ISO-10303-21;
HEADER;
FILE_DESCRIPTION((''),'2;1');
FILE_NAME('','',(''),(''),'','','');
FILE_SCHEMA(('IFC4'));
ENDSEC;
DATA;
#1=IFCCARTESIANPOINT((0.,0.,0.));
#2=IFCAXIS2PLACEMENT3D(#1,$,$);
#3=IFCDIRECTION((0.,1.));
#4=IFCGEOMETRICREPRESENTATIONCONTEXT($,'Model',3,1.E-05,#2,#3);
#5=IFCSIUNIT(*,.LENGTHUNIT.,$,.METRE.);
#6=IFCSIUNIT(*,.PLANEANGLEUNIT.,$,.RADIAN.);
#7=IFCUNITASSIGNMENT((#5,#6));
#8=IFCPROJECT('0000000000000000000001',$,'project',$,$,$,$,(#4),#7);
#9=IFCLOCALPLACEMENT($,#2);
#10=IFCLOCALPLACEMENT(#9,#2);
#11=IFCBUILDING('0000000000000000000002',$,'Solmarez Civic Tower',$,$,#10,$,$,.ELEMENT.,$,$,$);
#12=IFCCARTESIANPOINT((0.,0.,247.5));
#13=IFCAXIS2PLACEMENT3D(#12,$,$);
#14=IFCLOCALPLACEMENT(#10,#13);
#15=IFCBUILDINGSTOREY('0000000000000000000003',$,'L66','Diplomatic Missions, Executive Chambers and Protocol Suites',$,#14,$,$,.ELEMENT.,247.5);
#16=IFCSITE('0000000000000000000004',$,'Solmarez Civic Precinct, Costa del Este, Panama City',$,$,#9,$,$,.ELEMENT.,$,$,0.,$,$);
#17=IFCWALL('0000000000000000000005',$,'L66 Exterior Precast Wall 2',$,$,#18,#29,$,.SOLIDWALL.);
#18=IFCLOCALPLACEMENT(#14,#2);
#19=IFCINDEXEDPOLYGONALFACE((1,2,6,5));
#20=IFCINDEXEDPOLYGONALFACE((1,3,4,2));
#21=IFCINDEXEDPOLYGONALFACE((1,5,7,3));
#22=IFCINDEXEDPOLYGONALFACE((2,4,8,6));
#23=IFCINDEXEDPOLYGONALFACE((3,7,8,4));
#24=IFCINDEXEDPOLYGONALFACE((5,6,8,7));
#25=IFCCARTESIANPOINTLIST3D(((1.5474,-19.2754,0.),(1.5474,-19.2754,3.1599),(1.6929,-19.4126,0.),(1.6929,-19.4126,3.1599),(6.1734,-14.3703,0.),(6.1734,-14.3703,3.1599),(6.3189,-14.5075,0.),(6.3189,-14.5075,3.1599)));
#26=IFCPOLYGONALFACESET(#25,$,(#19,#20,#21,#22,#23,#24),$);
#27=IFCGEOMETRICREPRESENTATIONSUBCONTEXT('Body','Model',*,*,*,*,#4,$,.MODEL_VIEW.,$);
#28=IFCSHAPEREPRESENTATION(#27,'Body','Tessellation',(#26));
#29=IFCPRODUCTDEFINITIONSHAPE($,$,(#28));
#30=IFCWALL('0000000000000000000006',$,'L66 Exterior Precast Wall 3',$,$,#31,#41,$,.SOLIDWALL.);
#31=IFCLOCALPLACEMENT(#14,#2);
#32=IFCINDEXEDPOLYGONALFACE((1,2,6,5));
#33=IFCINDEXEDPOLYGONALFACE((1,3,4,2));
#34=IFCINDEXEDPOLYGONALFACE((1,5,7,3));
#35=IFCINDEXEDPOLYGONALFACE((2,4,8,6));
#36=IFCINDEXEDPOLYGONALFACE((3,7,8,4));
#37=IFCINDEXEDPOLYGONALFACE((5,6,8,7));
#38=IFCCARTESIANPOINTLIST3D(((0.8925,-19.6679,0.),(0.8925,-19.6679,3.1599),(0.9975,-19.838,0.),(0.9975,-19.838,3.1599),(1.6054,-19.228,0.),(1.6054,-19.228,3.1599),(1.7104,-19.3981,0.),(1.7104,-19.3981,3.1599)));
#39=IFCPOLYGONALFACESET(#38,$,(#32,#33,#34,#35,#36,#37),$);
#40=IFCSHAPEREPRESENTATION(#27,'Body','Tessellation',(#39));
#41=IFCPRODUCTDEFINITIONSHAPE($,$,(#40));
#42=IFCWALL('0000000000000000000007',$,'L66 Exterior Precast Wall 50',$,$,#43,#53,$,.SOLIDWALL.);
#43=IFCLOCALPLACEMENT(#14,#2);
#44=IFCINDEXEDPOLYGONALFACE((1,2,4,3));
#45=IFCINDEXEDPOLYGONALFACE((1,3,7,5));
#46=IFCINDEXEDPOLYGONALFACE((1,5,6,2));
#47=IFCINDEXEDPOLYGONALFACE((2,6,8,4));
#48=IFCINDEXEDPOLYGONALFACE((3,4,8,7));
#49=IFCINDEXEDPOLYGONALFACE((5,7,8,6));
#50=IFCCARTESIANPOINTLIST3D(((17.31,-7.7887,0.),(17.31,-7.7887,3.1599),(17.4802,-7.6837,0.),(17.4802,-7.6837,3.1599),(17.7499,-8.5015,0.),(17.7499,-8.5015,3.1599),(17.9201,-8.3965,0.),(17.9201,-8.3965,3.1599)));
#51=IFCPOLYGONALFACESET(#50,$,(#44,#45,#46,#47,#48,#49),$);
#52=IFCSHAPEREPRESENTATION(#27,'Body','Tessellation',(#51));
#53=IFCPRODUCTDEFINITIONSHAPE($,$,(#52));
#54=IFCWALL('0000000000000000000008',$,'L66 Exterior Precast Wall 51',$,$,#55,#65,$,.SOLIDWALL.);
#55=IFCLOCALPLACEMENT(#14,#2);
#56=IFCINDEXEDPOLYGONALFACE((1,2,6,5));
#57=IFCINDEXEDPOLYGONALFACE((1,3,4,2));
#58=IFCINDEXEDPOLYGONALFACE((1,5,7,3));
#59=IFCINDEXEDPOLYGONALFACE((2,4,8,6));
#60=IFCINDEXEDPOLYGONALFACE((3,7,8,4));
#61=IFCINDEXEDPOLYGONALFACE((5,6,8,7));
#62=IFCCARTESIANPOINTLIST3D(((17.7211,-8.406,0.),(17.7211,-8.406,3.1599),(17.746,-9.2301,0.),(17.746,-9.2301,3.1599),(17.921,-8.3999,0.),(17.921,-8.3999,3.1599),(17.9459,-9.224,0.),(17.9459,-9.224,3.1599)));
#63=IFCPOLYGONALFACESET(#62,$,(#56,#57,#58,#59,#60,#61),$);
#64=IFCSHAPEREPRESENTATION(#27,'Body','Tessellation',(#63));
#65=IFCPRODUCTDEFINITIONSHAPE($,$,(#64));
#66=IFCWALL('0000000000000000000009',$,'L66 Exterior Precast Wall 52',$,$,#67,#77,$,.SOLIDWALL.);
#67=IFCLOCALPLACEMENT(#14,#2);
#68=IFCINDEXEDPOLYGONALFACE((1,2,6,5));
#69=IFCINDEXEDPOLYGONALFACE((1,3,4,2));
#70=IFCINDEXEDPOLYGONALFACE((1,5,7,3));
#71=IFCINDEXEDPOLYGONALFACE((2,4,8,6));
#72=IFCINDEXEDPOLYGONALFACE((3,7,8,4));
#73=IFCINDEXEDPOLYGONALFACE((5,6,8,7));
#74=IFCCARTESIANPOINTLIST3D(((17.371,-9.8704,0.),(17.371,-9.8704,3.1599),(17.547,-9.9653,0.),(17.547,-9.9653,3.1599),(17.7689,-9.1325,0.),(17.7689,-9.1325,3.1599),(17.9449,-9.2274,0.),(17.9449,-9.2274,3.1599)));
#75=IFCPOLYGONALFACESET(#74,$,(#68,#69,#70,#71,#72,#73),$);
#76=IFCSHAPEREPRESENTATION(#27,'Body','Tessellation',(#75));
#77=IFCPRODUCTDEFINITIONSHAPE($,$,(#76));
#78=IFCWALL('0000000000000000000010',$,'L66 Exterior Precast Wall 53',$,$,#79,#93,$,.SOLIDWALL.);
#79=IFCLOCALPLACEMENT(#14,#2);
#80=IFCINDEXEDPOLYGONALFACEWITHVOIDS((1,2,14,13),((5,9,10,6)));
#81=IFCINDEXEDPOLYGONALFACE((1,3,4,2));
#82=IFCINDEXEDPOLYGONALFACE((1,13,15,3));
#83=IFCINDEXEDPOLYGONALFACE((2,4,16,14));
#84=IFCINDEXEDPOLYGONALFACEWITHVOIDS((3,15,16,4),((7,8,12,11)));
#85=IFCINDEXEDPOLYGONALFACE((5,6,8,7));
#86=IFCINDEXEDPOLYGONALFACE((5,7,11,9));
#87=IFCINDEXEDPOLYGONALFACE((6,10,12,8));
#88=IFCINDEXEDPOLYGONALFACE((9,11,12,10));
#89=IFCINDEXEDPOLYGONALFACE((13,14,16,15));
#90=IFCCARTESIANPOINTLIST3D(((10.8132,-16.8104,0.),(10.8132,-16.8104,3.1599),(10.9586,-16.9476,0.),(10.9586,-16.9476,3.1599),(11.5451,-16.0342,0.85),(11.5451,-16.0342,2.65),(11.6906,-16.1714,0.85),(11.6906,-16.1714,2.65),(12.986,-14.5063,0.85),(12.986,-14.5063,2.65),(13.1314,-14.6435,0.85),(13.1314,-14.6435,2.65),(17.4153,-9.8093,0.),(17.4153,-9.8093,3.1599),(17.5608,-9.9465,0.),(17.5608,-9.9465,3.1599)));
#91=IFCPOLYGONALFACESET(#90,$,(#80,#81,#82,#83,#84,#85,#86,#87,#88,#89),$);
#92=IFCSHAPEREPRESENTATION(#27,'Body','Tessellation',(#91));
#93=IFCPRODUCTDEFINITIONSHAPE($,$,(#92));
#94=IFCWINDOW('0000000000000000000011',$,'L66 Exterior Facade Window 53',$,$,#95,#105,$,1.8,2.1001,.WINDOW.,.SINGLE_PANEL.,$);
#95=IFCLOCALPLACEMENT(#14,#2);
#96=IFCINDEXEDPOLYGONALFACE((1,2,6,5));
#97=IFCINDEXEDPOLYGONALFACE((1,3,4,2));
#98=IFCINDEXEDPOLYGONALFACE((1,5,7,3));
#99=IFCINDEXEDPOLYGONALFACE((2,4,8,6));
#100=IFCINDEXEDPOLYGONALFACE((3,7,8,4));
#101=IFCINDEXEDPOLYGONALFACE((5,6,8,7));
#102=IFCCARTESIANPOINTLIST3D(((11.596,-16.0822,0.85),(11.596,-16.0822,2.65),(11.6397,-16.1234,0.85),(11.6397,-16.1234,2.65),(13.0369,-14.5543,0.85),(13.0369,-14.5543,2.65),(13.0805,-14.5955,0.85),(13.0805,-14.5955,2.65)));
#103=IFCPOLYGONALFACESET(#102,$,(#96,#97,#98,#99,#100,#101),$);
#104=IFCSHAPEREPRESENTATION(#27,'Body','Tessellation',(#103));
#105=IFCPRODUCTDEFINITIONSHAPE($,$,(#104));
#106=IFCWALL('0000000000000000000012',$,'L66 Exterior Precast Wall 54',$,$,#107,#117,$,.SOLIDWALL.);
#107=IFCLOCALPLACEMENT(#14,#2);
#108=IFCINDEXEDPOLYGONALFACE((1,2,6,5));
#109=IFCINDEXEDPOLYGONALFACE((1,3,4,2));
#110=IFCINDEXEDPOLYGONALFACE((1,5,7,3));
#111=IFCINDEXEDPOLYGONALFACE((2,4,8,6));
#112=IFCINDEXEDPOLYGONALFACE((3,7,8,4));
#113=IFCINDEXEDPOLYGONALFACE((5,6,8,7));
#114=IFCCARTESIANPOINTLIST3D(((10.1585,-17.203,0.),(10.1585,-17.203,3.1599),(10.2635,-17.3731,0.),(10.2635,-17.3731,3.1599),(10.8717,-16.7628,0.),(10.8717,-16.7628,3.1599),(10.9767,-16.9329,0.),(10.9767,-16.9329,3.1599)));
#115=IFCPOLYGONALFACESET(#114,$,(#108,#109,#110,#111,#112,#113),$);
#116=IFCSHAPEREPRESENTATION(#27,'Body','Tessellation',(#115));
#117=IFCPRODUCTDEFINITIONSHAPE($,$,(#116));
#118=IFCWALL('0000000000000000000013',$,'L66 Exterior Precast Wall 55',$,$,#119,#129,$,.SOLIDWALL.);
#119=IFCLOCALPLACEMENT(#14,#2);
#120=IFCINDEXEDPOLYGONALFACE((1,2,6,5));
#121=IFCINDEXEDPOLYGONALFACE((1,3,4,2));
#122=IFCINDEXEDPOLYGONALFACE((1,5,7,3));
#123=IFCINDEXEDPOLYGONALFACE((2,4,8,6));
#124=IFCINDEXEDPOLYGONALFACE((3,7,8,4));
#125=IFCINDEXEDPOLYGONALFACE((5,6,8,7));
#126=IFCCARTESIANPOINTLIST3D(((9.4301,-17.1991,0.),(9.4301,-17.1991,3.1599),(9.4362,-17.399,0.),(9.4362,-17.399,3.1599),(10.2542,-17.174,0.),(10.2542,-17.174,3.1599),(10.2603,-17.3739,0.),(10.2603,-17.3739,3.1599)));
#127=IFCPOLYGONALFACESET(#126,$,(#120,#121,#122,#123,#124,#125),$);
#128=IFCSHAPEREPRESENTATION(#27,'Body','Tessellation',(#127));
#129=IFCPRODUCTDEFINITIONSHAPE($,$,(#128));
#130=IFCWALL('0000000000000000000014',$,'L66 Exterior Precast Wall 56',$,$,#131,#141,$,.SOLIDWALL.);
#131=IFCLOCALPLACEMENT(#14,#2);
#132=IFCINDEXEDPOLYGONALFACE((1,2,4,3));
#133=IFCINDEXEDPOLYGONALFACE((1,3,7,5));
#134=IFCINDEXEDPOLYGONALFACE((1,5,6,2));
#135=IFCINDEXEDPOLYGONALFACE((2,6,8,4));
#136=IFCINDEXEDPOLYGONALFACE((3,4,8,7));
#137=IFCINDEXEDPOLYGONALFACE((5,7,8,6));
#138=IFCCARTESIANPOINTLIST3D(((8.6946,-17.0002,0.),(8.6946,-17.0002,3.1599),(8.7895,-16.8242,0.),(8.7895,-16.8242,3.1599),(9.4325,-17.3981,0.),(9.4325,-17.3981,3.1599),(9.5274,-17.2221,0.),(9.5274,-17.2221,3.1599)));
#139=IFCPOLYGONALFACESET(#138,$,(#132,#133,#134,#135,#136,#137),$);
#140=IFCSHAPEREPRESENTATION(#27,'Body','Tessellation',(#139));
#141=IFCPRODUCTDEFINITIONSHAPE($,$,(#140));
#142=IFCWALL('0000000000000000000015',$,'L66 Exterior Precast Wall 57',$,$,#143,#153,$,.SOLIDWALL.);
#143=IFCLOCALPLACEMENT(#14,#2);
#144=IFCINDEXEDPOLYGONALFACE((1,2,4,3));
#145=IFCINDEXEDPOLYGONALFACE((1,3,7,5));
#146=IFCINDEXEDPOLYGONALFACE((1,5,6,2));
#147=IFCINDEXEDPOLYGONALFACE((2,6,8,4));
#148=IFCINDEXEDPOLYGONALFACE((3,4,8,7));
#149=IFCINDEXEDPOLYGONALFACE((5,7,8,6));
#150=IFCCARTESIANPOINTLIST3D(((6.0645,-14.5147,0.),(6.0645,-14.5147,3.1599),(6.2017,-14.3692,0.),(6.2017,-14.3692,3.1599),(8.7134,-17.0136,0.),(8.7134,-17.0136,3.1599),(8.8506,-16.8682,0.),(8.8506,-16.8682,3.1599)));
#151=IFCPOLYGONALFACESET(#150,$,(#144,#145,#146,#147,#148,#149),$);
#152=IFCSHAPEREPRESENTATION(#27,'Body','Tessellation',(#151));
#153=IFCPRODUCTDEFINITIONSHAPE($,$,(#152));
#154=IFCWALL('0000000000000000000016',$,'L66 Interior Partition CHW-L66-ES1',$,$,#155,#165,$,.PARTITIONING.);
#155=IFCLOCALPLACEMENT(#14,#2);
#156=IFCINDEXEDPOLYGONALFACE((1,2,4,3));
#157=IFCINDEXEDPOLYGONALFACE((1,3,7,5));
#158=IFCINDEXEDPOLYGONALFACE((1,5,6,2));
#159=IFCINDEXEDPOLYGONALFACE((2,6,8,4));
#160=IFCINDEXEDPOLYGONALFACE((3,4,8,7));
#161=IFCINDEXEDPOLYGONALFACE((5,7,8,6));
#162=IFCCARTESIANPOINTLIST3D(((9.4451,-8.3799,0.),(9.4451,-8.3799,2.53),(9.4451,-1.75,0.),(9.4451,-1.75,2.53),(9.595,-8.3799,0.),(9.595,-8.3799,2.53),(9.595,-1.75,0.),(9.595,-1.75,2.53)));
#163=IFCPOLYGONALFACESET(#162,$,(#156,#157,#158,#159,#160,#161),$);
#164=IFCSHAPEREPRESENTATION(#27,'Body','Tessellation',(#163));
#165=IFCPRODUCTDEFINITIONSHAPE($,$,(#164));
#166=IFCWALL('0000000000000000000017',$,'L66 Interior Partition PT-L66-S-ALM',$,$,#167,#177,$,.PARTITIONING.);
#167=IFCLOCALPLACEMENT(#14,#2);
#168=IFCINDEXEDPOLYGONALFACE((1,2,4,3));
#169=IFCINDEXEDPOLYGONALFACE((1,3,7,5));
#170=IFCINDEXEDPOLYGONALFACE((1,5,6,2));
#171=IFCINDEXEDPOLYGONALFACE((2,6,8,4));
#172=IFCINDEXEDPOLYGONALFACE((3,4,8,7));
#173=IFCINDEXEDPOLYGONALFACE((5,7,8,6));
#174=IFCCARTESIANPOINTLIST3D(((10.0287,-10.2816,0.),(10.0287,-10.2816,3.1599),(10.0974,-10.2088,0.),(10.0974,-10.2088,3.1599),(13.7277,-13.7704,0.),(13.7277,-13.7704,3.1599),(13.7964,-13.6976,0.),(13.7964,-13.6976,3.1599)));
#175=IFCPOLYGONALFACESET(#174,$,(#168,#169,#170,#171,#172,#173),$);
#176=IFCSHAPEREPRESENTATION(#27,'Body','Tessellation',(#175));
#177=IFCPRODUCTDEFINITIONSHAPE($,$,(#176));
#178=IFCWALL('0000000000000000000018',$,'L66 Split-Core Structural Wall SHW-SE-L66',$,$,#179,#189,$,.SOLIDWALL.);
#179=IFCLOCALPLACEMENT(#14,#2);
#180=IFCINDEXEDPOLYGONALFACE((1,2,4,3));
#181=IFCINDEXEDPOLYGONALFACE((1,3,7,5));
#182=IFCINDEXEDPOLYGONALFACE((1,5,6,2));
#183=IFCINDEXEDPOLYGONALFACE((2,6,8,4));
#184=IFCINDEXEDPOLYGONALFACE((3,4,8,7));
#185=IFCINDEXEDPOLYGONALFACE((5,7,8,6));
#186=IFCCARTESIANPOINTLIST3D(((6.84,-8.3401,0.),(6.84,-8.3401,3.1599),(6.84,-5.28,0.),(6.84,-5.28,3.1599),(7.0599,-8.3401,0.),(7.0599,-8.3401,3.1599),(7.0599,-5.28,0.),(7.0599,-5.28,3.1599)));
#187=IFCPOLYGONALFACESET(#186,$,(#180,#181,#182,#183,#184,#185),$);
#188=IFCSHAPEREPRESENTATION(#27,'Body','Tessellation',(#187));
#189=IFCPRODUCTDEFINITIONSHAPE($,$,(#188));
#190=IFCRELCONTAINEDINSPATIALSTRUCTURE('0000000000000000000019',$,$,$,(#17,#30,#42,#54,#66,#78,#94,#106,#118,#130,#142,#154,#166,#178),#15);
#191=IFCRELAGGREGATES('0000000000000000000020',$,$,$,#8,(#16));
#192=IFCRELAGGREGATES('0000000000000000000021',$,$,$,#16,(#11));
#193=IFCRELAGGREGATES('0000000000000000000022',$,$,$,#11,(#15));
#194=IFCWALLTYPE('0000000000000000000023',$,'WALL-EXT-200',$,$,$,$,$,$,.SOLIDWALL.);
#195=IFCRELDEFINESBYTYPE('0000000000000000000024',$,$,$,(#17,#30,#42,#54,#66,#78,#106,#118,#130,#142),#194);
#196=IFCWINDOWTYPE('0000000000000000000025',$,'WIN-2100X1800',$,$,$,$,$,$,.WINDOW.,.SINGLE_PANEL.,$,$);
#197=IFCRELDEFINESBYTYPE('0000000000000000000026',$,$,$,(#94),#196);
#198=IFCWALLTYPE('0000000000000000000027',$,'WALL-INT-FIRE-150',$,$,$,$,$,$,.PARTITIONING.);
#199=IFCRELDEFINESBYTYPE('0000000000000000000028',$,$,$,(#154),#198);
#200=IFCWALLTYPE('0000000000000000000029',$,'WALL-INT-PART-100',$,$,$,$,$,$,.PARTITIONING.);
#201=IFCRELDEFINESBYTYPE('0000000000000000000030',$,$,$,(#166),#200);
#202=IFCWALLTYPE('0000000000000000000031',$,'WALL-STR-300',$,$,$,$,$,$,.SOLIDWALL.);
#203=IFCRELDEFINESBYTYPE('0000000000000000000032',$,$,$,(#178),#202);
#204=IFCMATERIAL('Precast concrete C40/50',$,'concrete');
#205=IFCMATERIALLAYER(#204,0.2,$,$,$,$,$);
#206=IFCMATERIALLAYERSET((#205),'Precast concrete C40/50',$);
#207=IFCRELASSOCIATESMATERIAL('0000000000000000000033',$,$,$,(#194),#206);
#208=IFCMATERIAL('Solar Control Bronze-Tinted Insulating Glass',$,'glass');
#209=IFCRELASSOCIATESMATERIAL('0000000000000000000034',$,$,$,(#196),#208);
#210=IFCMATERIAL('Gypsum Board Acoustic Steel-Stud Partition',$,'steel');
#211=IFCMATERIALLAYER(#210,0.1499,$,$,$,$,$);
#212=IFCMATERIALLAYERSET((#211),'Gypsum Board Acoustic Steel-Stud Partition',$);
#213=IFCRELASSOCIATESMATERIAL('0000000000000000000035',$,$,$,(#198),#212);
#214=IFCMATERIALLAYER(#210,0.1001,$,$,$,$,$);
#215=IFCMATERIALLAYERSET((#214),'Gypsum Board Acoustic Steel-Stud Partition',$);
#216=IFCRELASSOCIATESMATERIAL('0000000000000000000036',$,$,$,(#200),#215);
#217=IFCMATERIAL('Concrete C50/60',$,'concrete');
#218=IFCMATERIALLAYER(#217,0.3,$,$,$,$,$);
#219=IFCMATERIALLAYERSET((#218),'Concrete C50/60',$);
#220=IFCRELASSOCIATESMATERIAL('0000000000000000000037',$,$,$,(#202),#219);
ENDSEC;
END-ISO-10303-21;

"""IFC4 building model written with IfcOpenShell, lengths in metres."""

from ifc_helpers import new_model, si_unit, direction, frame, frame_2d, origin, place, context, subcontext, project, spatial, rectangle, extrude, material, layer, layer_set, type_object, element, fill, save


model = new_model("IFC4")

# Units and contexts
model_context = context("Model", 3, precision=1e-05, world=origin(), true_north=direction((0.0, 1.0)))
body_context = subcontext(model_context, "Body", "Model", "MODEL_VIEW")
ifc_project = project(units=[si_unit("LENGTHUNIT", "METRE"), si_unit("PLANEANGLEUNIT", "RADIAN")], contexts=[model_context])

# Site, building, storey
site_placement = place(None, origin())
site = spatial("IfcSite", under=ifc_project, at=site_placement, Name="Solmarez Civic Precinct, Costa del Este, Panama City", CompositionType="ELEMENT", RefElevation=0.0)
building_placement = place(site_placement, origin())
building = spatial("IfcBuilding", under=site, at=building_placement, Name="Solmarez Civic Tower", CompositionType="ELEMENT")
storey_placement = place(building_placement, frame((0.0, 0.0, 247.5)))
storey = spatial("IfcBuildingStorey", under=building, at=storey_placement, Name="L66", Description="Diplomatic Missions, Executive Chambers and Protocol Suites", CompositionType="ELEMENT", Elevation=247.5)

# Shared definitions
ifc_material_1 = material(Name="Concrete C50/60", Category="concrete")

# Walls
ifc_material_2 = material(Name="Precast concrete C40/50", Category="concrete")
ifc_layer_1 = layer(ifc_material_2, 0.2)
ifc_layer_set_1 = layer_set([ifc_layer_1], Name="Precast concrete C40/50")
wall_type_1 = type_object("IfcWallType", Name="WALL-EXT-200", PredefinedType="SOLIDWALL", material=ifc_layer_set_1)
wall_1_placement = place(storey_placement, frame((6.2461, -14.439, 0.0), z_axis=(0.0, 0.0, 1.0), x_axis=(-0.68611, -0.727498, 0.0)))
element("IfcWall", 1, at=wall_1_placement, inside=storey, type_object=wall_type_1, Name="L66 Exterior Precast Wall 2", PredefinedType="SOLIDWALL", context=body_context, shape_type="SweptSolid", body=[
    extrude(rectangle(XDim=6.7424, YDim=0.2, at=frame_2d((3.3711, 0.0))), origin(), (0.0, 0.0, 1.0), 3.1599),
])
for number, where, z_axis, x_axis, name in (
    (2, (1.658, -19.313, 0.0), (0.0, 0.0, 1.0), (-0.850997, -0.52517, 0.0), "L66 Exterior Precast Wall 3"),
    (3, (17.395, -7.7361, 0.0), (0.0, 0.0, 1.0), (0.52517, -0.850997, 0.0), "L66 Exterior Precast Wall 50"),
):
    element("IfcWall", number, at=place(storey_placement, frame(where, z_axis=z_axis, x_axis=x_axis)), inside=storey, type_object=wall_type_1, Name=name, PredefinedType="SOLIDWALL", context=body_context, shape_type="SweptSolid", body=[
        extrude(rectangle(XDim=0.8376, YDim=0.2, at=frame_2d((0.4189, 0.0))), origin(), (0.0, 0.0, 1.0), 3.1599),
    ])
wall_2_placement = place(storey_placement, frame((17.821, -8.4031, 0.0), z_axis=(0.0, 0.0, 1.0), x_axis=(0.030208, -0.999544, 0.0)))
element("IfcWall", 4, at=wall_2_placement, inside=storey, type_object=wall_type_1, Name="L66 Exterior Precast Wall 51", PredefinedType="SOLIDWALL", context=body_context, shape_type="SweptSolid", body=[
    extrude(rectangle(XDim=0.8245, YDim=0.2, at=frame_2d((0.4121, 0.0))), origin(), (0.0, 0.0, 1.0), 3.1599),
])
wall_3_placement = place(storey_placement, frame((17.8569, -9.1799, 0.0), z_axis=(0.0, 0.0, 1.0), x_axis=(-0.474603, -0.8802, 0.0)))
element("IfcWall", 5, at=wall_3_placement, inside=storey, type_object=wall_type_1, Name="L66 Exterior Precast Wall 52", PredefinedType="SOLIDWALL", context=body_context, shape_type="SweptSolid", body=[
    extrude(rectangle(XDim=0.8384, YDim=0.2, at=frame_2d((0.4192, 0.0))), origin(), (0.0, 0.0, 1.0), 3.1599),
])

# Wall, opening, window
wall_4_placement = place(storey_placement, frame((17.488, -9.8779, 0.0), z_axis=(0.0, 0.0, 1.0), x_axis=(-0.686075, -0.727531, 0.0)))
wall_4 = element("IfcWall", 6, at=wall_4_placement, inside=storey, type_object=wall_type_1, Name="L66 Exterior Precast Wall 53", PredefinedType="SOLIDWALL", context=body_context, shape_type="SweptSolid", body=[
    extrude(rectangle(XDim=9.623, YDim=0.2, at=frame_2d((4.8115, 0.0))), origin(), (0.0, 0.0, 1.0), 3.1599),
])
opening_placement = place(wall_4_placement, frame((6.4561, 0.0, 0.8501)))
opening = element("IfcOpeningElement", 7, at=opening_placement, cuts=wall_4, PredefinedType="OPENING", context=body_context, shape_type="SweptSolid", body=[
    extrude(rectangle(XDim=2.1001, YDim=1.8, at=frame_2d((1.05, 0.8999))), frame((0.0, 0.1099, 0.0), z_axis=(0.0, -1.0, 0.0), x_axis=(1.0, 0.0, 0.0)), (0.0, 0.0, 1.0), 0.22),
])
ifc_material_3 = material(Name="Solar Control Bronze-Tinted Insulating Glass", Category="glass")
window_type = type_object("IfcWindowType", Name="WIN-2100X1800", PartitioningType="SINGLE_PANEL", PredefinedType="WINDOW", material=ifc_material_3)
window_placement = place(opening_placement, origin())
window = element("IfcWindow", 8, at=window_placement, inside=storey, type_object=window_type, Name="L66 Exterior Facade Window 53", OverallHeight=1.8, OverallWidth=2.1001, PartitioningType="SINGLE_PANEL", PredefinedType="WINDOW", context=body_context, shape_type="SweptSolid", body=[
    extrude(rectangle(XDim=2.1001, YDim=1.8, at=frame_2d((1.05, 0.8999))), frame((0.0, 0.03, 0.0), z_axis=(0.0, -1.0, 0.0), x_axis=(1.0, 0.0, 0.0)), (0.0, 0.0, 1.0), 0.0601),
])
fill(opening, window)

# Walls
wall_5_placement = place(storey_placement, frame((10.9241, -16.8479, 0.0), z_axis=(0.0, 0.0, 1.0), x_axis=(-0.850947, -0.525251, 0.0)))
element("IfcWall", 9, at=wall_5_placement, inside=storey, type_object=wall_type_1, Name="L66 Exterior Precast Wall 54", PredefinedType="SOLIDWALL", context=body_context, shape_type="SweptSolid", body=[
    extrude(rectangle(XDim=0.8381, YDim=0.2, at=frame_2d((0.4189, 0.0))), origin(), (0.0, 0.0, 1.0), 3.1599),
])
wall_6_placement = place(storey_placement, frame((10.2571, -17.2739, 0.0), z_axis=(0.0, 0.0, 1.0), x_axis=(-0.999535, -0.030504, 0.0)))
element("IfcWall", 10, at=wall_6_placement, inside=storey, type_object=wall_type_1, Name="L66 Exterior Precast Wall 55", PredefinedType="SOLIDWALL", context=body_context, shape_type="SweptSolid", body=[
    extrude(rectangle(XDim=0.8245, YDim=0.2, at=frame_2d((0.4121, 0.0))), origin(), (0.0, 0.0, 1.0), 3.1599),
])
wall_7_placement = place(storey_placement, frame((9.48, -17.3101, 0.0), z_axis=(0.0, 0.0, 1.0), x_axis=(-0.8802, 0.474603, 0.0)))
element("IfcWall", 11, at=wall_7_placement, inside=storey, type_object=wall_type_1, Name="L66 Exterior Precast Wall 56", PredefinedType="SOLIDWALL", context=body_context, shape_type="SweptSolid", body=[
    extrude(rectangle(XDim=0.8384, YDim=0.2, at=frame_2d((0.4192, 0.0))), origin(), (0.0, 0.0, 1.0), 3.1599),
])
wall_8_placement = place(storey_placement, frame((8.782, -16.9409, 0.0), z_axis=(0.0, 0.0, 1.0), x_axis=(-0.727389, 0.686226, 0.0)))
element("IfcWall", 12, at=wall_8_placement, inside=storey, type_object=wall_type_1, Name="L66 Exterior Precast Wall 57", PredefinedType="SOLIDWALL", context=body_context, shape_type="SweptSolid", body=[
    extrude(rectangle(XDim=3.6416, YDim=0.2, at=frame_2d((1.8208, 0.0))), origin(), (0.0, 0.0, 1.0), 3.1599),
])
ifc_material_4 = material(Name="Gypsum Board Acoustic Steel-Stud Partition", Category="steel")
ifc_layer_2 = layer(ifc_material_4, 0.1499)
ifc_layer_set_2 = layer_set([ifc_layer_2], Name="Gypsum Board Acoustic Steel-Stud Partition")
wall_type_2 = type_object("IfcWallType", Name="WALL-INT-FIRE-150", PredefinedType="PARTITIONING", material=ifc_layer_set_2)
wall_9_placement = place(storey_placement, frame((9.52, -8.3799, 0.0), z_axis=(0.0, 0.0, 1.0), x_axis=(0.0, 1.0, 0.0)))
element("IfcWall", 13, at=wall_9_placement, inside=storey, type_object=wall_type_2, Name="L66 Interior Partition CHW-L66-ES1", PredefinedType="PARTITIONING", context=body_context, shape_type="SweptSolid", body=[
    extrude(rectangle(XDim=6.6299, YDim=0.1499, at=frame_2d((3.3149, 0.0))), origin(), (0.0, 0.0, 1.0), 2.53),
])
ifc_layer_3 = layer(ifc_material_4, 0.1001)
ifc_layer_set_3 = layer_set([ifc_layer_3], Name="Gypsum Board Acoustic Steel-Stud Partition")
wall_type_3 = type_object("IfcWallType", Name="WALL-INT-PART-100", PredefinedType="PARTITIONING", material=ifc_layer_set_3)
wall_10_placement = place(storey_placement, frame((10.063, -10.2451, 0.0), z_axis=(0.0, 0.0, 1.0), x_axis=(0.727475, -0.686134, 0.0)))
element("IfcWall", 14, at=wall_10_placement, inside=storey, type_object=wall_type_3, Name="L66 Interior Partition PT-L66-S-ALM", PredefinedType="PARTITIONING", context=body_context, shape_type="SweptSolid", body=[
    extrude(rectangle(XDim=5.0847, YDim=0.1001, at=frame_2d((2.5425, 0.0))), origin(), (0.0, 0.0, 1.0), 3.1599),
])
ifc_layer_4 = layer(ifc_material_1, 0.3)
ifc_layer_set_4 = layer_set([ifc_layer_4], Name="Concrete C50/60")
wall_type_4 = type_object("IfcWallType", Name="WALL-STR-300", PredefinedType="SOLIDWALL", material=ifc_layer_set_4)
wall_11_placement = place(storey_placement, frame((6.95, -8.3401, 0.0), z_axis=(0.0, 0.0, 1.0), x_axis=(0.0, 1.0, 0.0)))
element("IfcWall", 15, at=wall_11_placement, inside=storey, type_object=wall_type_4, Name="L66 Split-Core Structural Wall SHW-SE-L66", PredefinedType="SOLIDWALL", context=body_context, shape_type="SweptSolid", body=[
    extrude(rectangle(XDim=3.0601, YDim=0.22, at=frame_2d((1.53, 0.0))), origin(), (0.0, 0.0, 1.0), 3.1599),
])

save(model, "model.ifc")
